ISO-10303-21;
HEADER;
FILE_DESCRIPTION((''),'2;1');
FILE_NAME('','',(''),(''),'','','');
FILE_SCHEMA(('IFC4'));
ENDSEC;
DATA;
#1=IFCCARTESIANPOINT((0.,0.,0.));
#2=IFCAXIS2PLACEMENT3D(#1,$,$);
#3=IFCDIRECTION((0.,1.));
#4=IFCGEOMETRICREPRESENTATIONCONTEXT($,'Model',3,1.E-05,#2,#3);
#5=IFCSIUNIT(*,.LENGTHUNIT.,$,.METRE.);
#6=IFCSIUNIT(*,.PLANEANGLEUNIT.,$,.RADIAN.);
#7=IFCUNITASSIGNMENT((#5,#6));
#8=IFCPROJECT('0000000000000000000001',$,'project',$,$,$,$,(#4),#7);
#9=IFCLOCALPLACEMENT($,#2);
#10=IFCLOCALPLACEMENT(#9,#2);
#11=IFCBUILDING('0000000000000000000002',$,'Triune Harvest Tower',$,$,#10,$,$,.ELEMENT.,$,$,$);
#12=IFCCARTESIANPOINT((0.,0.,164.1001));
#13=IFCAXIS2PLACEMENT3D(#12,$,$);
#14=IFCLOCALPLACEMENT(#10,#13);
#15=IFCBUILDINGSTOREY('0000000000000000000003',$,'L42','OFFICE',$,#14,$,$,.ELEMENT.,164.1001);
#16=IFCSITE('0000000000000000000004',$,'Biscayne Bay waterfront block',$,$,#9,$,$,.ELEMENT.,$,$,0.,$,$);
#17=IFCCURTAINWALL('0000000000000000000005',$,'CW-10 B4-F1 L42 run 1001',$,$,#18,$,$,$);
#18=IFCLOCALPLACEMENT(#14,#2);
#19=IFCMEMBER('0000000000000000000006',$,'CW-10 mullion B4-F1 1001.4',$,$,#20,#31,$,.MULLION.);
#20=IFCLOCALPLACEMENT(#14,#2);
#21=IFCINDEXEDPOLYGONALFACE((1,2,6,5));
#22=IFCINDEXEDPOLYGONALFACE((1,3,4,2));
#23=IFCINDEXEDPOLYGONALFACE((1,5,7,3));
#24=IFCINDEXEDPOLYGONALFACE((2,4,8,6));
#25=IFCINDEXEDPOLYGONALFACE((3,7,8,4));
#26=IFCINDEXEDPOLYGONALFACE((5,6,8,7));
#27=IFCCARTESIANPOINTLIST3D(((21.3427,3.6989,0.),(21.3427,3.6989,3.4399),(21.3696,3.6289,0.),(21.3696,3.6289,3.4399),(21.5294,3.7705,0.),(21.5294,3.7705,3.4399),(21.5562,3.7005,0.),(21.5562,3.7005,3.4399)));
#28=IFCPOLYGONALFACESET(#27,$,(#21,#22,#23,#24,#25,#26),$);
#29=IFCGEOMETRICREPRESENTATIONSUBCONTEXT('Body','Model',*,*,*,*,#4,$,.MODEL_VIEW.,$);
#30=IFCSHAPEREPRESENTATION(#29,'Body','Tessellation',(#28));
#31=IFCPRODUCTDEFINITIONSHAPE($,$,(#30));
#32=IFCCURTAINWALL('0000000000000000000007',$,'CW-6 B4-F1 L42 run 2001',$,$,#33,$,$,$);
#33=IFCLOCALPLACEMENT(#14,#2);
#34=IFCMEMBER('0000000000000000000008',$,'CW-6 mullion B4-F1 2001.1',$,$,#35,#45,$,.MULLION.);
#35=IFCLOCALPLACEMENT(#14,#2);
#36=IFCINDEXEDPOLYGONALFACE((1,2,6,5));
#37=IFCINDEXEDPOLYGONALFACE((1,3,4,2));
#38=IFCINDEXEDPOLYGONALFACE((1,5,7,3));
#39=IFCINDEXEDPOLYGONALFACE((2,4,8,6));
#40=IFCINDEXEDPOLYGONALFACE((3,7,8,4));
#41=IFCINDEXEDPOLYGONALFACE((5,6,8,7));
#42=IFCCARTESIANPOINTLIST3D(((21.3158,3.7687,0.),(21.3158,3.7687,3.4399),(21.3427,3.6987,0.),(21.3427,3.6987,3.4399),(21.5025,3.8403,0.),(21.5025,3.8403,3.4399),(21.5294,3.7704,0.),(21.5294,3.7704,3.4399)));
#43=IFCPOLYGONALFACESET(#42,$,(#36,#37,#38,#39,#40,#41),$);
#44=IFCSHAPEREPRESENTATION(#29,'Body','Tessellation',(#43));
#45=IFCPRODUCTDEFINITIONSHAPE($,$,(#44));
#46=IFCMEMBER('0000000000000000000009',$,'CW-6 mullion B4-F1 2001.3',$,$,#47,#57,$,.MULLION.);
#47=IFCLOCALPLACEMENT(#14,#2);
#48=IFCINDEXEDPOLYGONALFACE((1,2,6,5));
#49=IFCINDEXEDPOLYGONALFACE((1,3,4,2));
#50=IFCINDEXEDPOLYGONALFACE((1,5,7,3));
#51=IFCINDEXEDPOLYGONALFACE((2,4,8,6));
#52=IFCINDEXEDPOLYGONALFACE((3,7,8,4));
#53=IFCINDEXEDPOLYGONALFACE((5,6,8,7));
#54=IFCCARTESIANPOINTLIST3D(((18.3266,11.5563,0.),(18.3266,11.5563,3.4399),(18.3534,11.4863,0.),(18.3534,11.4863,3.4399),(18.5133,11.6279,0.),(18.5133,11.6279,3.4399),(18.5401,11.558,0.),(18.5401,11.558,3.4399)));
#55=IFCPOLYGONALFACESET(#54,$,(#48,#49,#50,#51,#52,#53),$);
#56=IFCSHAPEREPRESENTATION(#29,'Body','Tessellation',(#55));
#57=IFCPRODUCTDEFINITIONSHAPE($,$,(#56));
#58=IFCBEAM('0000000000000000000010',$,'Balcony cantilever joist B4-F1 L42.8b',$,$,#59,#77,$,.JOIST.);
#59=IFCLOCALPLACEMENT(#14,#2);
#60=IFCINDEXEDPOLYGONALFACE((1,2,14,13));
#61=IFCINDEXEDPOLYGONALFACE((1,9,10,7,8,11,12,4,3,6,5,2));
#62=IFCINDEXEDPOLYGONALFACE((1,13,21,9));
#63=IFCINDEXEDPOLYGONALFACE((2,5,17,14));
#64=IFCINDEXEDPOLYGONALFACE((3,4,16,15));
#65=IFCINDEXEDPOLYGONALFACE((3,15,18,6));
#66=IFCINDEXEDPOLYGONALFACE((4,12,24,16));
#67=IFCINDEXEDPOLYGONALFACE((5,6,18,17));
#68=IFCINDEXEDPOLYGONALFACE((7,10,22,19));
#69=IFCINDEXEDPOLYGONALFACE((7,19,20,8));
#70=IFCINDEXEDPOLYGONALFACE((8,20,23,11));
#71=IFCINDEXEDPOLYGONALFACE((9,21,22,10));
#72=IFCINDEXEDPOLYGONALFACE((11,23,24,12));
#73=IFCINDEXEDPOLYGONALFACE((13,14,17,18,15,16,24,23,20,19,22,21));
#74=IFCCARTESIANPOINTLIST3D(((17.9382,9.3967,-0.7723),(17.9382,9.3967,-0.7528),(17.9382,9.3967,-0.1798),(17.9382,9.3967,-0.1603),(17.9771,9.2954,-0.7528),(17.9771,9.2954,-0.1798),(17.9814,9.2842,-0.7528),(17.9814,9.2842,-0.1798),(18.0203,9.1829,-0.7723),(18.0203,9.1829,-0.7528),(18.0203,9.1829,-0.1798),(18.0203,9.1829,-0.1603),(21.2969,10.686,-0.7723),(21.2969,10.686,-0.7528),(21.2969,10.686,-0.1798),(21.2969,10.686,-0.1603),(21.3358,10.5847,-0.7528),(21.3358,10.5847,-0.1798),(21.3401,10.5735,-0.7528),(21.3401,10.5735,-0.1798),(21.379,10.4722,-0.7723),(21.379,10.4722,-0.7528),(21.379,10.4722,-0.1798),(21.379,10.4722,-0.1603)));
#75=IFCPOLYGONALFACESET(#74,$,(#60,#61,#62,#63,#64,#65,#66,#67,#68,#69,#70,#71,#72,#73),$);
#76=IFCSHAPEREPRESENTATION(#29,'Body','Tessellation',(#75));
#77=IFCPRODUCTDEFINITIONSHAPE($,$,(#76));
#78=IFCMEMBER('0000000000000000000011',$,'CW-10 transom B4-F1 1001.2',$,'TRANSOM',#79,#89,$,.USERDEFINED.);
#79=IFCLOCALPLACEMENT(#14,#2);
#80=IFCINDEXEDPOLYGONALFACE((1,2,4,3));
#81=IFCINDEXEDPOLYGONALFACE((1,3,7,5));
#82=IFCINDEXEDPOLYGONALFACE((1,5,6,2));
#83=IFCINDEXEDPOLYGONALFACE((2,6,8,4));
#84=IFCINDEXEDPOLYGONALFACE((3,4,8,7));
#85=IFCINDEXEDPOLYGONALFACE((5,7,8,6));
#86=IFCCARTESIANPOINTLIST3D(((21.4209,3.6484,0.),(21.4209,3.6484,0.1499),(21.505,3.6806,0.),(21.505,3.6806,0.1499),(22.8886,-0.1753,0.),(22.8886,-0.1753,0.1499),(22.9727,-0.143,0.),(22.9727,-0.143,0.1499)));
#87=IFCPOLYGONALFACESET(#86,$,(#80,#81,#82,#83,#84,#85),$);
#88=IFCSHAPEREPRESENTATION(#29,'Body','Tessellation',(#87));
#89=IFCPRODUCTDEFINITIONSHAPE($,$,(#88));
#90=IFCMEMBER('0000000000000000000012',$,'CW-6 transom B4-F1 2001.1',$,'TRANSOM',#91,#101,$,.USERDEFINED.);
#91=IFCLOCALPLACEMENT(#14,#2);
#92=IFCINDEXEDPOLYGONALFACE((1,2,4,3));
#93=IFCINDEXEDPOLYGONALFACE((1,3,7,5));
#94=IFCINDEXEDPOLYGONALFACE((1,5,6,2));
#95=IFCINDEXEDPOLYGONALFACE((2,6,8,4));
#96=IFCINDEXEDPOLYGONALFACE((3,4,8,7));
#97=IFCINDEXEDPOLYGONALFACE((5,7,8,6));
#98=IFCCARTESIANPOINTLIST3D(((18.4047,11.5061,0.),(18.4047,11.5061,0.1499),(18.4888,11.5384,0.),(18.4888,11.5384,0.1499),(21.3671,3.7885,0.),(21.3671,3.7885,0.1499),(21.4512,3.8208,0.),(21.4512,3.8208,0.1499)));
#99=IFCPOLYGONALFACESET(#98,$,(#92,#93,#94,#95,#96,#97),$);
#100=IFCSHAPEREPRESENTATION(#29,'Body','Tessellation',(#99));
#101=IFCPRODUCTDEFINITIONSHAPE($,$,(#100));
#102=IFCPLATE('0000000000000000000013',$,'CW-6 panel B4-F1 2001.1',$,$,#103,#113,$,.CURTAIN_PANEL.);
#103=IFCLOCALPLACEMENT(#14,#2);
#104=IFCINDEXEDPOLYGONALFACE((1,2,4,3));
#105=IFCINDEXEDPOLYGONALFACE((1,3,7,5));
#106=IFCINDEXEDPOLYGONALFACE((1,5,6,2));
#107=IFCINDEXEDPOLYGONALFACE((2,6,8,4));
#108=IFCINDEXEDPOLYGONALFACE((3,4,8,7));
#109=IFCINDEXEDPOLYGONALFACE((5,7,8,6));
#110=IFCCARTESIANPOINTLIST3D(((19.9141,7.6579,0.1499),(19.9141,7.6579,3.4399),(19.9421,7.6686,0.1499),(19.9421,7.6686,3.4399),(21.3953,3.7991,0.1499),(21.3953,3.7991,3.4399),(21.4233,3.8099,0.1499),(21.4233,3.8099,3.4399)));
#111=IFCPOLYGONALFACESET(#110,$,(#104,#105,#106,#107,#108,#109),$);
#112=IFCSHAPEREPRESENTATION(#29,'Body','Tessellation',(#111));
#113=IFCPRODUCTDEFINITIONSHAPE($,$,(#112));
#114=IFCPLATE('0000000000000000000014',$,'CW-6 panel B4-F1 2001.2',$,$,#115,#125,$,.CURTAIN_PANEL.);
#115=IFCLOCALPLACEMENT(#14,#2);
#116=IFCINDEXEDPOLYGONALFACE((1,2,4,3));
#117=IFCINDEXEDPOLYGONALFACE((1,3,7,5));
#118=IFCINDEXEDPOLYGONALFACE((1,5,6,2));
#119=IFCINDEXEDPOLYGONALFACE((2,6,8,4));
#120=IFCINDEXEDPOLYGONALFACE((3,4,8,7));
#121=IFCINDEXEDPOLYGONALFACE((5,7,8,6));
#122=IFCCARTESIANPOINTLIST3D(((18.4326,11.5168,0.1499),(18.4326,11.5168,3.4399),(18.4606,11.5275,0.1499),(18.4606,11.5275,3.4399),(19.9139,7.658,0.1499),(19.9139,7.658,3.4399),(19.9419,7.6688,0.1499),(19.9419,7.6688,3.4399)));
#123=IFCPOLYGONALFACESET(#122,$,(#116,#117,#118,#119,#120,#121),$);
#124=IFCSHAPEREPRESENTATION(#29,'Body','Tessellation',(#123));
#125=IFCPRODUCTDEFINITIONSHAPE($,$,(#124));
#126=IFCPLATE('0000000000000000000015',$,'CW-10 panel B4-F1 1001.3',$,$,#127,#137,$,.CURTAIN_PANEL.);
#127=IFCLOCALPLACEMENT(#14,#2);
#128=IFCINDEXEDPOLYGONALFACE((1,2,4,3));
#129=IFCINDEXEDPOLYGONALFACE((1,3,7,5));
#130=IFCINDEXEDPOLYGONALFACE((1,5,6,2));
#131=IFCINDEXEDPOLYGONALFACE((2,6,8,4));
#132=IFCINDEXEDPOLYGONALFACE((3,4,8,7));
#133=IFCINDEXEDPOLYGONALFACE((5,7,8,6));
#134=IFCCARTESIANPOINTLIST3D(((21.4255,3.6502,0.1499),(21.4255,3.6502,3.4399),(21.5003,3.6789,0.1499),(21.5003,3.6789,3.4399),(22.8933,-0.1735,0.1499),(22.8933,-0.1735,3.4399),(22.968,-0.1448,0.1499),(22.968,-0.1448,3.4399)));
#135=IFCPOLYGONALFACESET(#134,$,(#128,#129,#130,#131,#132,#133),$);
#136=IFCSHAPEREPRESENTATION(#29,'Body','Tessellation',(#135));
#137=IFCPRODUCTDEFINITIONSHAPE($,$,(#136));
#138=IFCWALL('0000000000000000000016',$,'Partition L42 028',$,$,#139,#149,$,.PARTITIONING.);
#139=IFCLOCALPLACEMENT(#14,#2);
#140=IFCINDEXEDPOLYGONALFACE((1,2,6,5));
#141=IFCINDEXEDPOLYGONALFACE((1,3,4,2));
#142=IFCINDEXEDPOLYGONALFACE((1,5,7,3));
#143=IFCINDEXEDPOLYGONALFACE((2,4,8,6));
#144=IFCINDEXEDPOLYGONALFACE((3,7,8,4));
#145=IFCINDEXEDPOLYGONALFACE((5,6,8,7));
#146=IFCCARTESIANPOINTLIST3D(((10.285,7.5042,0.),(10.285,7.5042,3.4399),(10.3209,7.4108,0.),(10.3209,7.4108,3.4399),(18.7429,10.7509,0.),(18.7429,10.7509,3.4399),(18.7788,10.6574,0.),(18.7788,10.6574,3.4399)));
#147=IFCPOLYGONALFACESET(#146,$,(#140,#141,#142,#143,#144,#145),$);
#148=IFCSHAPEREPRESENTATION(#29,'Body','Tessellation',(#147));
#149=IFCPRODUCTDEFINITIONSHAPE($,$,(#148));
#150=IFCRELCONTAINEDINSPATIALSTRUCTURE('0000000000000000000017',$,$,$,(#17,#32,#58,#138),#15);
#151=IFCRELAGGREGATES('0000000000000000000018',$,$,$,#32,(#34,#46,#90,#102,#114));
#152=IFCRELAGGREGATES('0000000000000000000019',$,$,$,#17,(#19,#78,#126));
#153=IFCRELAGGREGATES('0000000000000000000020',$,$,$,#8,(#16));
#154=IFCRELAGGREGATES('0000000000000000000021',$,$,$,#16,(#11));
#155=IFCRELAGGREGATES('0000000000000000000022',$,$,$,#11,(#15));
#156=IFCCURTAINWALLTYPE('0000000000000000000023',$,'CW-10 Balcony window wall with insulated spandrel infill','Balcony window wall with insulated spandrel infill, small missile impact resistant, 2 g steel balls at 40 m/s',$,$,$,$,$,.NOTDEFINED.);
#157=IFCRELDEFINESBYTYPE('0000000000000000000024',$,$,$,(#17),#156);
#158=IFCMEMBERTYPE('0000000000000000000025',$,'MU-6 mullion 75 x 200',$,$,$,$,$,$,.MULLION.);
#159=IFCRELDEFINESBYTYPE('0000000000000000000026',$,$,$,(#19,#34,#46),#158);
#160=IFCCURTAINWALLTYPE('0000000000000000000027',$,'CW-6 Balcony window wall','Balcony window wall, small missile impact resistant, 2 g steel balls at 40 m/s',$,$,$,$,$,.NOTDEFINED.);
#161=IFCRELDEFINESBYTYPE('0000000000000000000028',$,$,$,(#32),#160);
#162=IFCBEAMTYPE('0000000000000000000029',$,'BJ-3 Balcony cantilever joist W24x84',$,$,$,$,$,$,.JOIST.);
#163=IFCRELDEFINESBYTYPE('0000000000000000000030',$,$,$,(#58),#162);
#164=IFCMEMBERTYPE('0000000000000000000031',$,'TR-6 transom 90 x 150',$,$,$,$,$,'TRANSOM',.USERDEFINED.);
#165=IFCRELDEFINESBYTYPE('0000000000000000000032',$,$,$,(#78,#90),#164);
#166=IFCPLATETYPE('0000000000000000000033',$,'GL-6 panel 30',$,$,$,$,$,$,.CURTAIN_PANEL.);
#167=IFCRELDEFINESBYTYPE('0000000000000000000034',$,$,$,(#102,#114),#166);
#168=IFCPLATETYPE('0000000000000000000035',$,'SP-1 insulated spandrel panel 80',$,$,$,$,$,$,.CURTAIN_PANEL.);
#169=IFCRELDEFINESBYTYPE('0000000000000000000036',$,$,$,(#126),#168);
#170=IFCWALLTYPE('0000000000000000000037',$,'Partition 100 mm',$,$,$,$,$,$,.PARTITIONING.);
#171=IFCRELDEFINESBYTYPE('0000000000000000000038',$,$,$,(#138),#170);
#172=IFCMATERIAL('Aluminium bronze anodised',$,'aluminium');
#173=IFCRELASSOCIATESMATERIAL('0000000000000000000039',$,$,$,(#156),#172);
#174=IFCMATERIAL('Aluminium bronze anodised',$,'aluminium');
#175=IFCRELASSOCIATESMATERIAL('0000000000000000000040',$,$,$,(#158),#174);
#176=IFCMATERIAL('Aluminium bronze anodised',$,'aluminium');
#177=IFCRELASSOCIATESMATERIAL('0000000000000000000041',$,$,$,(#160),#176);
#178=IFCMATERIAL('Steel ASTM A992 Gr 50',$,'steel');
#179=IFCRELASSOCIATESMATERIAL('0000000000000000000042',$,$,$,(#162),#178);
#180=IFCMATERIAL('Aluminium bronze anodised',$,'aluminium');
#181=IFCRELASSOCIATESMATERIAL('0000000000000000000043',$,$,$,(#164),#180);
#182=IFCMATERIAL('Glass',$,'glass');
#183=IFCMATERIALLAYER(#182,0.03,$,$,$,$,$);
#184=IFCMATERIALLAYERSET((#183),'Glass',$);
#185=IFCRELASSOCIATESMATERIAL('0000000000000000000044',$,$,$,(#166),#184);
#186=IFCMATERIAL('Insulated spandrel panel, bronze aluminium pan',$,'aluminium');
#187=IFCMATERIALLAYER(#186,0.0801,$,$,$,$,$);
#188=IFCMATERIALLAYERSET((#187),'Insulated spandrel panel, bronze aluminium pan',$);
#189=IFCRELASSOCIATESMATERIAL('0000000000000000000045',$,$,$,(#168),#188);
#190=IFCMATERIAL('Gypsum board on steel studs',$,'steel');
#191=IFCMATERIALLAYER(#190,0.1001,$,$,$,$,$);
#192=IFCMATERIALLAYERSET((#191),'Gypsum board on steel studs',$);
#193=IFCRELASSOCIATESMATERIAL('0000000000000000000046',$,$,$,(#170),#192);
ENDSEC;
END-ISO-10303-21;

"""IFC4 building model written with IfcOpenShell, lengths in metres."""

from ifc_helpers import new_model, si_unit, direction, frame, frame_2d, origin, origin_2d, place, context, subcontext, project, spatial, rectangle, i_section, extrude, source, transform, mapped, material, layer, layer_set, material_profile, profile_set, type_object, element, aggregate, save


model = new_model("IFC4")

# Units and contexts
model_context = context("Model", 3, precision=1e-05, world=origin(), true_north=direction((0.0, 1.0)))
body_context = subcontext(model_context, "Body", "Model", "MODEL_VIEW")
ifc_project = project(units=[si_unit("LENGTHUNIT", "METRE"), si_unit("PLANEANGLEUNIT", "RADIAN")], contexts=[model_context])

# Site, building, storey
site_placement = place(None, origin())
site = spatial("IfcSite", under=ifc_project, at=site_placement, Name="Biscayne Bay waterfront block", CompositionType="ELEMENT", RefElevation=0.0)
building_placement = place(site_placement, origin())
building = spatial("IfcBuilding", under=site, at=building_placement, Name="Triune Harvest Tower", CompositionType="ELEMENT")
storey_placement = place(building_placement, frame((0.0, 0.0, 164.1001)))
storey = spatial("IfcBuildingStorey", under=building, at=storey_placement, Name="L42", Description="OFFICE", CompositionType="ELEMENT", Elevation=164.1001)

# Curtain walls, members
ifc_material_1 = material(Name="Aluminium bronze anodised", Category="aluminium")
curtain_wall_type_1 = type_object("IfcCurtainWallType", Name="CW-10 Balcony window wall with insulated spandrel infill", Description="Balcony window wall with insulated spandrel infill, small missile impact resistant, 2 g steel balls at 40 m/s", PredefinedType="NOTDEFINED", material=ifc_material_1)
curtain_wall_1_placement = place(storey_placement, origin())
curtain_wall_1 = element("IfcCurtainWall", 1, at=curtain_wall_1_placement, inside=storey, type_object=curtain_wall_type_1, Name="CW-10 B4-F1 L42 run 1001")
ifc_material_2 = material(Name="Aluminium bronze anodised", Category="aluminium")
ifc_material_profile_1 = material_profile(ifc_material_2, rectangle(XDim=0.2, YDim=0.075, at=origin_2d()), Name="MU-6 mullion 75 x 200")
ifc_profile_set_1 = profile_set([ifc_material_profile_1], Name="Aluminium bronze anodised")
member_type_1 = type_object("IfcMemberType", Name="MU-6 mullion 75 x 200", PredefinedType="MULLION", material=ifc_profile_set_1)
shared_shape_1 = source(origin(), body_context, "Body", "SweptSolid", [
    extrude(rectangle(XDim=0.2, YDim=0.075, at=origin_2d()), origin(), (0.0, 0.0, 1.0), 3.4399),
])
member_1_placement = place(storey_placement, frame((21.4495, 3.6997, 0.0), z_axis=(0.0, 0.0, 1.0), x_axis=(-0.933581, -0.358365, 0.0)))
member_1 = element("IfcMember", 2, at=member_1_placement, type_object=member_type_1, Name="CW-10 mullion B4-F1 1001.4", PredefinedType="MULLION", context=body_context, shape_type="MappedRepresentation", body=[
    mapped(shared_shape_1, transform((0.0, 0.0, 0.0), scale=1.0)),
])
ifc_material_3 = material(Name="Aluminium bronze anodised", Category="aluminium")
curtain_wall_type_2 = type_object("IfcCurtainWallType", Name="CW-6 Balcony window wall", Description="Balcony window wall, small missile impact resistant, 2 g steel balls at 40 m/s", PredefinedType="NOTDEFINED", material=ifc_material_3)
curtain_wall_2_placement = place(storey_placement, origin())
curtain_wall_2 = element("IfcCurtainWall", 3, at=curtain_wall_2_placement, inside=storey, type_object=curtain_wall_type_2, Name="CW-6 B4-F1 L42 run 2001")
member_2_placement = place(storey_placement, frame((21.4226, 3.7695, 0.0), z_axis=(0.0, 0.0, 1.0), x_axis=(-0.933579, -0.358372, 0.0)))
member_2 = element("IfcMember", 4, at=member_2_placement, type_object=member_type_1, Name="CW-6 mullion B4-F1 2001.1", PredefinedType="MULLION", context=body_context, shape_type="MappedRepresentation", body=[
    mapped(shared_shape_1, transform((0.0, 0.0, 0.0), scale=1.0)),
])
member_3_placement = place(storey_placement, frame((18.4333, 11.5571, 0.0), z_axis=(0.0, 0.0, 1.0), x_axis=(-0.933579, -0.358372, 0.0)))
member_3 = element("IfcMember", 5, at=member_3_placement, type_object=member_type_1, Name="CW-6 mullion B4-F1 2001.3", PredefinedType="MULLION", context=body_context, shape_type="MappedRepresentation", body=[
    mapped(shared_shape_1, transform((0.0, 0.0, 0.0), scale=1.0)),
])

# Beam
ifc_material_4 = material(Name="Steel ASTM A992 Gr 50", Category="steel")
ifc_material_profile_2 = material_profile(ifc_material_4, i_section(OverallWidth=0.229, OverallDepth=0.6121, WebThickness=0.012, FlangeThickness=0.0195, at=origin_2d()), Name="W24x84")
ifc_profile_set_2 = profile_set([ifc_material_profile_2], Name="Steel ASTM A992 Gr 50")
beam_type_1 = type_object("IfcBeamType", Name="BJ-3 Balcony cantilever joist W24x84", PredefinedType="JOIST", material=ifc_profile_set_2)
shared_shape_2 = source(origin(), body_context, "Body", "SweptSolid", [
    extrude(i_section(OverallWidth=0.229, OverallDepth=0.6121, WebThickness=0.012, FlangeThickness=0.0195, at=origin_2d()), origin(), (0.0, 0.0, 1.0), 3.5977),
])
beam_1_placement = place(storey_placement, frame((17.9792, 9.2898, -0.4663), z_axis=(0.933576, 0.358379, 0.0), x_axis=(-0.358379, 0.933576, 0.0)))
element("IfcBeam", 6, at=beam_1_placement, inside=storey, type_object=beam_type_1, Name="Balcony cantilever joist B4-F1 L42.8b", PredefinedType="JOIST", context=body_context, shape_type="MappedRepresentation", body=[
    mapped(shared_shape_2, transform((0.0, 0.0, 0.0), scale=1.0)),
])

# Members
ifc_material_5 = material(Name="Aluminium bronze anodised", Category="aluminium")
ifc_material_profile_3 = material_profile(ifc_material_5, rectangle(XDim=0.0901, YDim=0.1499, at=origin_2d()), Name="TR-6 transom 90 x 150")
ifc_profile_set_3 = profile_set([ifc_material_profile_3], Name="Aluminium bronze anodised")
member_type_2 = type_object("IfcMemberType", Name="TR-6 transom 90 x 150", ElementType="TRANSOM", PredefinedType="USERDEFINED", material=ifc_profile_set_3)
shared_shape_3 = source(origin(), body_context, "Body", "SweptSolid", [
    extrude(rectangle(XDim=0.0901, YDim=0.1499, at=origin_2d()), origin(), (0.0, 0.0, 1.0), 4.0957),
])
member_4_placement = place(storey_placement, frame((22.9307, -0.1592, 0.075), z_axis=(-0.358364, 0.933582, 0.0), x_axis=(-0.933582, -0.358364, 0.0)))
member_4 = element("IfcMember", 7, at=member_4_placement, type_object=member_type_2, Name="CW-10 transom B4-F1 1001.2", ObjectType="TRANSOM", PredefinedType="USERDEFINED", context=body_context, shape_type="MappedRepresentation", body=[
    mapped(shared_shape_3, transform((0.0, 0.0, 0.0), scale=1.0)),
])
shared_shape_4 = source(origin(), body_context, "Body", "SweptSolid", [
    extrude(rectangle(XDim=0.0901, YDim=0.1499, at=origin_2d()), origin(), (0.0, 0.0, 1.0), 8.2666),
])
member_5_placement = place(storey_placement, frame((21.4092, 3.8047, 0.075), z_axis=(-0.35836, 0.933584, 0.0), x_axis=(-0.933584, -0.35836, 0.0)))
member_5 = element("IfcMember", 8, at=member_5_placement, type_object=member_type_2, Name="CW-6 transom B4-F1 2001.1", ObjectType="TRANSOM", PredefinedType="USERDEFINED", context=body_context, shape_type="MappedRepresentation", body=[
    mapped(shared_shape_4, transform((0.0, 0.0, 0.0), scale=1.0)),
])

# Plates
ifc_material_6 = material(Name="Glass", Category="glass")
ifc_layer_1 = layer(ifc_material_6, 0.03)
ifc_layer_set_1 = layer_set([ifc_layer_1], Name="Glass")
plate_type_1 = type_object("IfcPlateType", Name="GL-6 panel 30", PredefinedType="CURTAIN_PANEL", material=ifc_layer_set_1)
shared_shape_5 = source(origin(), body_context, "Body", "SweptSolid", [
    extrude(rectangle(XDim=4.1333, YDim=0.03, at=origin_2d()), origin(), (0.0, 0.0, 1.0), 3.29),
])
plate_1_placement = place(storey_placement, frame((20.6687, 5.7339, 0.1499), z_axis=(0.0, 0.0, 1.0), x_axis=(-0.358372, 0.933579, 0.0)))
plate_1 = element("IfcPlate", 9, at=plate_1_placement, type_object=plate_type_1, Name="CW-6 panel B4-F1 2001.1", PredefinedType="CURTAIN_PANEL", context=body_context, shape_type="MappedRepresentation", body=[
    mapped(shared_shape_5, transform((0.0, 0.0, 0.0), scale=1.0)),
])
plate_2_placement = place(storey_placement, frame((19.1873, 9.5928, 0.1499), z_axis=(0.0, 0.0, 1.0), x_axis=(-0.358372, 0.933579, 0.0)))
plate_2 = element("IfcPlate", 10, at=plate_2_placement, type_object=plate_type_1, Name="CW-6 panel B4-F1 2001.2", PredefinedType="CURTAIN_PANEL", context=body_context, shape_type="MappedRepresentation", body=[
    mapped(shared_shape_5, transform((0.0, 0.0, 0.0), scale=1.0)),
])
aggregate(curtain_wall_2, [member_2, member_3, member_5, plate_1, plate_2])
ifc_material_7 = material(Name="Insulated spandrel panel, bronze aluminium pan", Category="aluminium")
ifc_layer_2 = layer(ifc_material_7, 0.0801)
ifc_layer_set_2 = layer_set([ifc_layer_2], Name="Insulated spandrel panel, bronze aluminium pan")
plate_type_2 = type_object("IfcPlateType", Name="SP-1 insulated spandrel panel 80", PredefinedType="CURTAIN_PANEL", material=ifc_layer_set_2)
shared_shape_6 = source(origin(), body_context, "Body", "SweptSolid", [
    extrude(rectangle(XDim=4.0957, YDim=0.0801, at=origin_2d()), origin(), (0.0, 0.0, 1.0), 3.29),
])
plate_3_placement = place(storey_placement, frame((22.1968, 1.7527, 0.1499), z_axis=(0.0, 0.0, 1.0), x_axis=(-0.358365, 0.933581, 0.0)))
plate_3 = element("IfcPlate", 11, at=plate_3_placement, type_object=plate_type_2, Name="CW-10 panel B4-F1 1001.3", PredefinedType="CURTAIN_PANEL", context=body_context, shape_type="MappedRepresentation", body=[
    mapped(shared_shape_6, transform((0.0, 0.0, 0.0), scale=1.0)),
])
aggregate(curtain_wall_1, [member_1, member_4, plate_3])

# Wall
ifc_material_8 = material(Name="Gypsum board on steel studs", Category="steel")
ifc_layer_3 = layer(ifc_material_8, 0.1001)
ifc_layer_set_3 = layer_set([ifc_layer_3], Name="Gypsum board on steel studs")
wall_type_1 = type_object("IfcWallType", Name="Partition 100 mm", PredefinedType="PARTITIONING", material=ifc_layer_set_3)
wall_1_placement = place(storey_placement, frame((10.303, 7.4575, 0.0), z_axis=(0.0, 0.0, 1.0), x_axis=(0.933582, 0.358363, 0.0)))
element("IfcWall", 12, at=wall_1_placement, inside=storey, type_object=wall_type_1, Name="Partition L42 028", PredefinedType="PARTITIONING", context=body_context, shape_type="SweptSolid", body=[
    extrude(rectangle(XDim=9.0596, YDim=0.1001, at=frame_2d((4.5298, 0.0))), origin(), (0.0, 0.0, 1.0), 3.4399),
])

save(model, "model.ifc")
